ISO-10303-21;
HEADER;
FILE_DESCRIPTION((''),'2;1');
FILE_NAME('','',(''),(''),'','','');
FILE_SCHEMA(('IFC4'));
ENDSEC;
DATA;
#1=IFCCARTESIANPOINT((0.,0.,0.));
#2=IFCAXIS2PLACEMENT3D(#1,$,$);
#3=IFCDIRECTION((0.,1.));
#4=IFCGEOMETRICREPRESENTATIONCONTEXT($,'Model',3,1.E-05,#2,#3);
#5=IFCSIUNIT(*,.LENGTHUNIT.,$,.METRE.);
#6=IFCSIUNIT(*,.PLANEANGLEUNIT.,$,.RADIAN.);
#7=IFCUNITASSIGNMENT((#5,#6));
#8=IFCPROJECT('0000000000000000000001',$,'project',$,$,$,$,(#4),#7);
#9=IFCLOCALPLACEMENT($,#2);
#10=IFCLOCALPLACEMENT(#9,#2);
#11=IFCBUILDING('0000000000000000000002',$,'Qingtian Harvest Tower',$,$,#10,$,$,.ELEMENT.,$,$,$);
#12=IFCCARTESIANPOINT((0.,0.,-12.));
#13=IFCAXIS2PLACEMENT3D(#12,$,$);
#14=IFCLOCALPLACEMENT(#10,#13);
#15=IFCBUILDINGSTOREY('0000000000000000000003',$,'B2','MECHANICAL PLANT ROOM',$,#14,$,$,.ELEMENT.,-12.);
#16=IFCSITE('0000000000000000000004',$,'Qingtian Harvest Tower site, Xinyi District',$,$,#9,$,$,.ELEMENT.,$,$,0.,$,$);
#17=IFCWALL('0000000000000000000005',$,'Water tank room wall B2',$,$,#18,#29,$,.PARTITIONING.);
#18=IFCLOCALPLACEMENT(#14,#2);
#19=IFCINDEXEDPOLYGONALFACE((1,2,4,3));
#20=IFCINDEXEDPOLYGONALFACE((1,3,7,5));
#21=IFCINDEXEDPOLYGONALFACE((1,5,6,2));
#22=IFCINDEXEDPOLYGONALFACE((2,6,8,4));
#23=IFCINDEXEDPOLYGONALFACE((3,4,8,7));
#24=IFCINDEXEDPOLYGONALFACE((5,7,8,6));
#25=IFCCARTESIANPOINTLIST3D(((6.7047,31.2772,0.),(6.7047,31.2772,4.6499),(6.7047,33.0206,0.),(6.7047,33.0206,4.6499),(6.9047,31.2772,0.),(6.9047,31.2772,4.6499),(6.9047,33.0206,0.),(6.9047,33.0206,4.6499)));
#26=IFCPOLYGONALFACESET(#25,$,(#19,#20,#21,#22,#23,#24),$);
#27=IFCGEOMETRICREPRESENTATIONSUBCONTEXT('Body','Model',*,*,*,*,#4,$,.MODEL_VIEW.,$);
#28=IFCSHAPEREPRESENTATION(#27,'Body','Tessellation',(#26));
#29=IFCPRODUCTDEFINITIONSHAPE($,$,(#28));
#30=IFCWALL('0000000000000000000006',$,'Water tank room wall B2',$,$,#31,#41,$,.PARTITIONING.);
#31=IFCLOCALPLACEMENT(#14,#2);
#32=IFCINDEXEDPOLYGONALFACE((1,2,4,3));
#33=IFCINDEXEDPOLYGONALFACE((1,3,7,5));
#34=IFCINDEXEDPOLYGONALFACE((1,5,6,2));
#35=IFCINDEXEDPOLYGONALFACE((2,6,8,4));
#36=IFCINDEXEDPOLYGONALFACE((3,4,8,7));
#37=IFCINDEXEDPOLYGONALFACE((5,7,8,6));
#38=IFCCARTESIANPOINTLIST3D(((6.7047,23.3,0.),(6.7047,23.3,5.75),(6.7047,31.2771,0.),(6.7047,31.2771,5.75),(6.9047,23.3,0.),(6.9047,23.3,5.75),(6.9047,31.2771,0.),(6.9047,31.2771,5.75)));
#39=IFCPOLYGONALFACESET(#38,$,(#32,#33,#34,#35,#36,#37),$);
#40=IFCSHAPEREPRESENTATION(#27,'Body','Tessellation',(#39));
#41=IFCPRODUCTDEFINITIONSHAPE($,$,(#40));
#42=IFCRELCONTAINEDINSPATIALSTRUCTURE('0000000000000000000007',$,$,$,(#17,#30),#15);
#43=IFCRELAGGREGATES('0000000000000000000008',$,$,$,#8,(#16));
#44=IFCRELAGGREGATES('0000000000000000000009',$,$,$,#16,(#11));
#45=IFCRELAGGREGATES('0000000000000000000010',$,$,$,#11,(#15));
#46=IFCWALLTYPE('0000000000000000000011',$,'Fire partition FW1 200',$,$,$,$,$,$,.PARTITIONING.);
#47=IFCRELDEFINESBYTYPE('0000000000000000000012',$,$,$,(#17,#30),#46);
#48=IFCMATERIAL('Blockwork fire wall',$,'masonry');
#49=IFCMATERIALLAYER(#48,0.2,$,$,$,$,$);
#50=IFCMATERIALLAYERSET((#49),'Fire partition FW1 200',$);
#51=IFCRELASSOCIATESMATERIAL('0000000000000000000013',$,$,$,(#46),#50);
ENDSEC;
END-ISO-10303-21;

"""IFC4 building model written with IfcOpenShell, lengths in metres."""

from ifc_helpers import new_model, si_unit, direction, frame, frame_2d, origin, place, context, subcontext, project, spatial, rectangle, extrude, material, layer, layer_set, type_object, element, save


model = new_model("IFC4")

# Units and contexts
model_context = context("Model", 3, precision=1e-05, world=origin(), true_north=direction((0.0, 1.0)))
body_context = subcontext(model_context, "Body", "Model", "MODEL_VIEW")
ifc_project = project(units=[si_unit("LENGTHUNIT", "METRE"), si_unit("PLANEANGLEUNIT", "RADIAN")], contexts=[model_context])

# Site, building, storey
site_placement = place(None, origin())
site = spatial("IfcSite", under=ifc_project, at=site_placement, Name="Qingtian Harvest Tower site, Xinyi District", CompositionType="ELEMENT", RefElevation=0.0)
building_placement = place(site_placement, origin())
building = spatial("IfcBuilding", under=site, at=building_placement, Name="Qingtian Harvest Tower", CompositionType="ELEMENT")
storey_placement = place(building_placement, frame((0.0, 0.0, -12.0)))
storey = spatial("IfcBuildingStorey", under=building, at=storey_placement, Name="B2", Description="MECHANICAL PLANT ROOM", CompositionType="ELEMENT", Elevation=-12.0)

# Walls
ifc_material_1 = material(Name="Blockwork fire wall", Category="masonry")
ifc_layer = layer(ifc_material_1, 0.2)
ifc_layer_set = layer_set([ifc_layer], Name="Fire partition FW1 200")
wall_type = type_object("IfcWallType", Name="Fire partition FW1 200", PredefinedType="PARTITIONING", material=ifc_layer_set)
wall_1_placement = place(storey_placement, frame((6.8047, 33.0205, 0.0), z_axis=(0.0, 0.0, 1.0), x_axis=(0.0, -1.0, 0.0)))
element("IfcWall", 1, at=wall_1_placement, inside=storey, type_object=wall_type, Name="Water tank room wall B2", PredefinedType="PARTITIONING", context=body_context, shape_type="SweptSolid", body=[
    extrude(rectangle(XDim=1.7434, YDim=0.2, at=frame_2d((0.8716, 0.0))), origin(), (0.0, 0.0, 1.0), 4.6499),
])
wall_2_placement = place(storey_placement, frame((6.8047, 31.2771, 0.0), z_axis=(0.0, 0.0, 1.0), x_axis=(0.0, -1.0, 0.0)))
element("IfcWall", 2, at=wall_2_placement, inside=storey, type_object=wall_type, Name="Water tank room wall B2", PredefinedType="PARTITIONING", context=body_context, shape_type="SweptSolid", body=[
    extrude(rectangle(XDim=7.9771, YDim=0.2, at=frame_2d((3.9885, 0.0))), origin(), (0.0, 0.0, 1.0), 5.75),
])

save(model, "model.ifc")
